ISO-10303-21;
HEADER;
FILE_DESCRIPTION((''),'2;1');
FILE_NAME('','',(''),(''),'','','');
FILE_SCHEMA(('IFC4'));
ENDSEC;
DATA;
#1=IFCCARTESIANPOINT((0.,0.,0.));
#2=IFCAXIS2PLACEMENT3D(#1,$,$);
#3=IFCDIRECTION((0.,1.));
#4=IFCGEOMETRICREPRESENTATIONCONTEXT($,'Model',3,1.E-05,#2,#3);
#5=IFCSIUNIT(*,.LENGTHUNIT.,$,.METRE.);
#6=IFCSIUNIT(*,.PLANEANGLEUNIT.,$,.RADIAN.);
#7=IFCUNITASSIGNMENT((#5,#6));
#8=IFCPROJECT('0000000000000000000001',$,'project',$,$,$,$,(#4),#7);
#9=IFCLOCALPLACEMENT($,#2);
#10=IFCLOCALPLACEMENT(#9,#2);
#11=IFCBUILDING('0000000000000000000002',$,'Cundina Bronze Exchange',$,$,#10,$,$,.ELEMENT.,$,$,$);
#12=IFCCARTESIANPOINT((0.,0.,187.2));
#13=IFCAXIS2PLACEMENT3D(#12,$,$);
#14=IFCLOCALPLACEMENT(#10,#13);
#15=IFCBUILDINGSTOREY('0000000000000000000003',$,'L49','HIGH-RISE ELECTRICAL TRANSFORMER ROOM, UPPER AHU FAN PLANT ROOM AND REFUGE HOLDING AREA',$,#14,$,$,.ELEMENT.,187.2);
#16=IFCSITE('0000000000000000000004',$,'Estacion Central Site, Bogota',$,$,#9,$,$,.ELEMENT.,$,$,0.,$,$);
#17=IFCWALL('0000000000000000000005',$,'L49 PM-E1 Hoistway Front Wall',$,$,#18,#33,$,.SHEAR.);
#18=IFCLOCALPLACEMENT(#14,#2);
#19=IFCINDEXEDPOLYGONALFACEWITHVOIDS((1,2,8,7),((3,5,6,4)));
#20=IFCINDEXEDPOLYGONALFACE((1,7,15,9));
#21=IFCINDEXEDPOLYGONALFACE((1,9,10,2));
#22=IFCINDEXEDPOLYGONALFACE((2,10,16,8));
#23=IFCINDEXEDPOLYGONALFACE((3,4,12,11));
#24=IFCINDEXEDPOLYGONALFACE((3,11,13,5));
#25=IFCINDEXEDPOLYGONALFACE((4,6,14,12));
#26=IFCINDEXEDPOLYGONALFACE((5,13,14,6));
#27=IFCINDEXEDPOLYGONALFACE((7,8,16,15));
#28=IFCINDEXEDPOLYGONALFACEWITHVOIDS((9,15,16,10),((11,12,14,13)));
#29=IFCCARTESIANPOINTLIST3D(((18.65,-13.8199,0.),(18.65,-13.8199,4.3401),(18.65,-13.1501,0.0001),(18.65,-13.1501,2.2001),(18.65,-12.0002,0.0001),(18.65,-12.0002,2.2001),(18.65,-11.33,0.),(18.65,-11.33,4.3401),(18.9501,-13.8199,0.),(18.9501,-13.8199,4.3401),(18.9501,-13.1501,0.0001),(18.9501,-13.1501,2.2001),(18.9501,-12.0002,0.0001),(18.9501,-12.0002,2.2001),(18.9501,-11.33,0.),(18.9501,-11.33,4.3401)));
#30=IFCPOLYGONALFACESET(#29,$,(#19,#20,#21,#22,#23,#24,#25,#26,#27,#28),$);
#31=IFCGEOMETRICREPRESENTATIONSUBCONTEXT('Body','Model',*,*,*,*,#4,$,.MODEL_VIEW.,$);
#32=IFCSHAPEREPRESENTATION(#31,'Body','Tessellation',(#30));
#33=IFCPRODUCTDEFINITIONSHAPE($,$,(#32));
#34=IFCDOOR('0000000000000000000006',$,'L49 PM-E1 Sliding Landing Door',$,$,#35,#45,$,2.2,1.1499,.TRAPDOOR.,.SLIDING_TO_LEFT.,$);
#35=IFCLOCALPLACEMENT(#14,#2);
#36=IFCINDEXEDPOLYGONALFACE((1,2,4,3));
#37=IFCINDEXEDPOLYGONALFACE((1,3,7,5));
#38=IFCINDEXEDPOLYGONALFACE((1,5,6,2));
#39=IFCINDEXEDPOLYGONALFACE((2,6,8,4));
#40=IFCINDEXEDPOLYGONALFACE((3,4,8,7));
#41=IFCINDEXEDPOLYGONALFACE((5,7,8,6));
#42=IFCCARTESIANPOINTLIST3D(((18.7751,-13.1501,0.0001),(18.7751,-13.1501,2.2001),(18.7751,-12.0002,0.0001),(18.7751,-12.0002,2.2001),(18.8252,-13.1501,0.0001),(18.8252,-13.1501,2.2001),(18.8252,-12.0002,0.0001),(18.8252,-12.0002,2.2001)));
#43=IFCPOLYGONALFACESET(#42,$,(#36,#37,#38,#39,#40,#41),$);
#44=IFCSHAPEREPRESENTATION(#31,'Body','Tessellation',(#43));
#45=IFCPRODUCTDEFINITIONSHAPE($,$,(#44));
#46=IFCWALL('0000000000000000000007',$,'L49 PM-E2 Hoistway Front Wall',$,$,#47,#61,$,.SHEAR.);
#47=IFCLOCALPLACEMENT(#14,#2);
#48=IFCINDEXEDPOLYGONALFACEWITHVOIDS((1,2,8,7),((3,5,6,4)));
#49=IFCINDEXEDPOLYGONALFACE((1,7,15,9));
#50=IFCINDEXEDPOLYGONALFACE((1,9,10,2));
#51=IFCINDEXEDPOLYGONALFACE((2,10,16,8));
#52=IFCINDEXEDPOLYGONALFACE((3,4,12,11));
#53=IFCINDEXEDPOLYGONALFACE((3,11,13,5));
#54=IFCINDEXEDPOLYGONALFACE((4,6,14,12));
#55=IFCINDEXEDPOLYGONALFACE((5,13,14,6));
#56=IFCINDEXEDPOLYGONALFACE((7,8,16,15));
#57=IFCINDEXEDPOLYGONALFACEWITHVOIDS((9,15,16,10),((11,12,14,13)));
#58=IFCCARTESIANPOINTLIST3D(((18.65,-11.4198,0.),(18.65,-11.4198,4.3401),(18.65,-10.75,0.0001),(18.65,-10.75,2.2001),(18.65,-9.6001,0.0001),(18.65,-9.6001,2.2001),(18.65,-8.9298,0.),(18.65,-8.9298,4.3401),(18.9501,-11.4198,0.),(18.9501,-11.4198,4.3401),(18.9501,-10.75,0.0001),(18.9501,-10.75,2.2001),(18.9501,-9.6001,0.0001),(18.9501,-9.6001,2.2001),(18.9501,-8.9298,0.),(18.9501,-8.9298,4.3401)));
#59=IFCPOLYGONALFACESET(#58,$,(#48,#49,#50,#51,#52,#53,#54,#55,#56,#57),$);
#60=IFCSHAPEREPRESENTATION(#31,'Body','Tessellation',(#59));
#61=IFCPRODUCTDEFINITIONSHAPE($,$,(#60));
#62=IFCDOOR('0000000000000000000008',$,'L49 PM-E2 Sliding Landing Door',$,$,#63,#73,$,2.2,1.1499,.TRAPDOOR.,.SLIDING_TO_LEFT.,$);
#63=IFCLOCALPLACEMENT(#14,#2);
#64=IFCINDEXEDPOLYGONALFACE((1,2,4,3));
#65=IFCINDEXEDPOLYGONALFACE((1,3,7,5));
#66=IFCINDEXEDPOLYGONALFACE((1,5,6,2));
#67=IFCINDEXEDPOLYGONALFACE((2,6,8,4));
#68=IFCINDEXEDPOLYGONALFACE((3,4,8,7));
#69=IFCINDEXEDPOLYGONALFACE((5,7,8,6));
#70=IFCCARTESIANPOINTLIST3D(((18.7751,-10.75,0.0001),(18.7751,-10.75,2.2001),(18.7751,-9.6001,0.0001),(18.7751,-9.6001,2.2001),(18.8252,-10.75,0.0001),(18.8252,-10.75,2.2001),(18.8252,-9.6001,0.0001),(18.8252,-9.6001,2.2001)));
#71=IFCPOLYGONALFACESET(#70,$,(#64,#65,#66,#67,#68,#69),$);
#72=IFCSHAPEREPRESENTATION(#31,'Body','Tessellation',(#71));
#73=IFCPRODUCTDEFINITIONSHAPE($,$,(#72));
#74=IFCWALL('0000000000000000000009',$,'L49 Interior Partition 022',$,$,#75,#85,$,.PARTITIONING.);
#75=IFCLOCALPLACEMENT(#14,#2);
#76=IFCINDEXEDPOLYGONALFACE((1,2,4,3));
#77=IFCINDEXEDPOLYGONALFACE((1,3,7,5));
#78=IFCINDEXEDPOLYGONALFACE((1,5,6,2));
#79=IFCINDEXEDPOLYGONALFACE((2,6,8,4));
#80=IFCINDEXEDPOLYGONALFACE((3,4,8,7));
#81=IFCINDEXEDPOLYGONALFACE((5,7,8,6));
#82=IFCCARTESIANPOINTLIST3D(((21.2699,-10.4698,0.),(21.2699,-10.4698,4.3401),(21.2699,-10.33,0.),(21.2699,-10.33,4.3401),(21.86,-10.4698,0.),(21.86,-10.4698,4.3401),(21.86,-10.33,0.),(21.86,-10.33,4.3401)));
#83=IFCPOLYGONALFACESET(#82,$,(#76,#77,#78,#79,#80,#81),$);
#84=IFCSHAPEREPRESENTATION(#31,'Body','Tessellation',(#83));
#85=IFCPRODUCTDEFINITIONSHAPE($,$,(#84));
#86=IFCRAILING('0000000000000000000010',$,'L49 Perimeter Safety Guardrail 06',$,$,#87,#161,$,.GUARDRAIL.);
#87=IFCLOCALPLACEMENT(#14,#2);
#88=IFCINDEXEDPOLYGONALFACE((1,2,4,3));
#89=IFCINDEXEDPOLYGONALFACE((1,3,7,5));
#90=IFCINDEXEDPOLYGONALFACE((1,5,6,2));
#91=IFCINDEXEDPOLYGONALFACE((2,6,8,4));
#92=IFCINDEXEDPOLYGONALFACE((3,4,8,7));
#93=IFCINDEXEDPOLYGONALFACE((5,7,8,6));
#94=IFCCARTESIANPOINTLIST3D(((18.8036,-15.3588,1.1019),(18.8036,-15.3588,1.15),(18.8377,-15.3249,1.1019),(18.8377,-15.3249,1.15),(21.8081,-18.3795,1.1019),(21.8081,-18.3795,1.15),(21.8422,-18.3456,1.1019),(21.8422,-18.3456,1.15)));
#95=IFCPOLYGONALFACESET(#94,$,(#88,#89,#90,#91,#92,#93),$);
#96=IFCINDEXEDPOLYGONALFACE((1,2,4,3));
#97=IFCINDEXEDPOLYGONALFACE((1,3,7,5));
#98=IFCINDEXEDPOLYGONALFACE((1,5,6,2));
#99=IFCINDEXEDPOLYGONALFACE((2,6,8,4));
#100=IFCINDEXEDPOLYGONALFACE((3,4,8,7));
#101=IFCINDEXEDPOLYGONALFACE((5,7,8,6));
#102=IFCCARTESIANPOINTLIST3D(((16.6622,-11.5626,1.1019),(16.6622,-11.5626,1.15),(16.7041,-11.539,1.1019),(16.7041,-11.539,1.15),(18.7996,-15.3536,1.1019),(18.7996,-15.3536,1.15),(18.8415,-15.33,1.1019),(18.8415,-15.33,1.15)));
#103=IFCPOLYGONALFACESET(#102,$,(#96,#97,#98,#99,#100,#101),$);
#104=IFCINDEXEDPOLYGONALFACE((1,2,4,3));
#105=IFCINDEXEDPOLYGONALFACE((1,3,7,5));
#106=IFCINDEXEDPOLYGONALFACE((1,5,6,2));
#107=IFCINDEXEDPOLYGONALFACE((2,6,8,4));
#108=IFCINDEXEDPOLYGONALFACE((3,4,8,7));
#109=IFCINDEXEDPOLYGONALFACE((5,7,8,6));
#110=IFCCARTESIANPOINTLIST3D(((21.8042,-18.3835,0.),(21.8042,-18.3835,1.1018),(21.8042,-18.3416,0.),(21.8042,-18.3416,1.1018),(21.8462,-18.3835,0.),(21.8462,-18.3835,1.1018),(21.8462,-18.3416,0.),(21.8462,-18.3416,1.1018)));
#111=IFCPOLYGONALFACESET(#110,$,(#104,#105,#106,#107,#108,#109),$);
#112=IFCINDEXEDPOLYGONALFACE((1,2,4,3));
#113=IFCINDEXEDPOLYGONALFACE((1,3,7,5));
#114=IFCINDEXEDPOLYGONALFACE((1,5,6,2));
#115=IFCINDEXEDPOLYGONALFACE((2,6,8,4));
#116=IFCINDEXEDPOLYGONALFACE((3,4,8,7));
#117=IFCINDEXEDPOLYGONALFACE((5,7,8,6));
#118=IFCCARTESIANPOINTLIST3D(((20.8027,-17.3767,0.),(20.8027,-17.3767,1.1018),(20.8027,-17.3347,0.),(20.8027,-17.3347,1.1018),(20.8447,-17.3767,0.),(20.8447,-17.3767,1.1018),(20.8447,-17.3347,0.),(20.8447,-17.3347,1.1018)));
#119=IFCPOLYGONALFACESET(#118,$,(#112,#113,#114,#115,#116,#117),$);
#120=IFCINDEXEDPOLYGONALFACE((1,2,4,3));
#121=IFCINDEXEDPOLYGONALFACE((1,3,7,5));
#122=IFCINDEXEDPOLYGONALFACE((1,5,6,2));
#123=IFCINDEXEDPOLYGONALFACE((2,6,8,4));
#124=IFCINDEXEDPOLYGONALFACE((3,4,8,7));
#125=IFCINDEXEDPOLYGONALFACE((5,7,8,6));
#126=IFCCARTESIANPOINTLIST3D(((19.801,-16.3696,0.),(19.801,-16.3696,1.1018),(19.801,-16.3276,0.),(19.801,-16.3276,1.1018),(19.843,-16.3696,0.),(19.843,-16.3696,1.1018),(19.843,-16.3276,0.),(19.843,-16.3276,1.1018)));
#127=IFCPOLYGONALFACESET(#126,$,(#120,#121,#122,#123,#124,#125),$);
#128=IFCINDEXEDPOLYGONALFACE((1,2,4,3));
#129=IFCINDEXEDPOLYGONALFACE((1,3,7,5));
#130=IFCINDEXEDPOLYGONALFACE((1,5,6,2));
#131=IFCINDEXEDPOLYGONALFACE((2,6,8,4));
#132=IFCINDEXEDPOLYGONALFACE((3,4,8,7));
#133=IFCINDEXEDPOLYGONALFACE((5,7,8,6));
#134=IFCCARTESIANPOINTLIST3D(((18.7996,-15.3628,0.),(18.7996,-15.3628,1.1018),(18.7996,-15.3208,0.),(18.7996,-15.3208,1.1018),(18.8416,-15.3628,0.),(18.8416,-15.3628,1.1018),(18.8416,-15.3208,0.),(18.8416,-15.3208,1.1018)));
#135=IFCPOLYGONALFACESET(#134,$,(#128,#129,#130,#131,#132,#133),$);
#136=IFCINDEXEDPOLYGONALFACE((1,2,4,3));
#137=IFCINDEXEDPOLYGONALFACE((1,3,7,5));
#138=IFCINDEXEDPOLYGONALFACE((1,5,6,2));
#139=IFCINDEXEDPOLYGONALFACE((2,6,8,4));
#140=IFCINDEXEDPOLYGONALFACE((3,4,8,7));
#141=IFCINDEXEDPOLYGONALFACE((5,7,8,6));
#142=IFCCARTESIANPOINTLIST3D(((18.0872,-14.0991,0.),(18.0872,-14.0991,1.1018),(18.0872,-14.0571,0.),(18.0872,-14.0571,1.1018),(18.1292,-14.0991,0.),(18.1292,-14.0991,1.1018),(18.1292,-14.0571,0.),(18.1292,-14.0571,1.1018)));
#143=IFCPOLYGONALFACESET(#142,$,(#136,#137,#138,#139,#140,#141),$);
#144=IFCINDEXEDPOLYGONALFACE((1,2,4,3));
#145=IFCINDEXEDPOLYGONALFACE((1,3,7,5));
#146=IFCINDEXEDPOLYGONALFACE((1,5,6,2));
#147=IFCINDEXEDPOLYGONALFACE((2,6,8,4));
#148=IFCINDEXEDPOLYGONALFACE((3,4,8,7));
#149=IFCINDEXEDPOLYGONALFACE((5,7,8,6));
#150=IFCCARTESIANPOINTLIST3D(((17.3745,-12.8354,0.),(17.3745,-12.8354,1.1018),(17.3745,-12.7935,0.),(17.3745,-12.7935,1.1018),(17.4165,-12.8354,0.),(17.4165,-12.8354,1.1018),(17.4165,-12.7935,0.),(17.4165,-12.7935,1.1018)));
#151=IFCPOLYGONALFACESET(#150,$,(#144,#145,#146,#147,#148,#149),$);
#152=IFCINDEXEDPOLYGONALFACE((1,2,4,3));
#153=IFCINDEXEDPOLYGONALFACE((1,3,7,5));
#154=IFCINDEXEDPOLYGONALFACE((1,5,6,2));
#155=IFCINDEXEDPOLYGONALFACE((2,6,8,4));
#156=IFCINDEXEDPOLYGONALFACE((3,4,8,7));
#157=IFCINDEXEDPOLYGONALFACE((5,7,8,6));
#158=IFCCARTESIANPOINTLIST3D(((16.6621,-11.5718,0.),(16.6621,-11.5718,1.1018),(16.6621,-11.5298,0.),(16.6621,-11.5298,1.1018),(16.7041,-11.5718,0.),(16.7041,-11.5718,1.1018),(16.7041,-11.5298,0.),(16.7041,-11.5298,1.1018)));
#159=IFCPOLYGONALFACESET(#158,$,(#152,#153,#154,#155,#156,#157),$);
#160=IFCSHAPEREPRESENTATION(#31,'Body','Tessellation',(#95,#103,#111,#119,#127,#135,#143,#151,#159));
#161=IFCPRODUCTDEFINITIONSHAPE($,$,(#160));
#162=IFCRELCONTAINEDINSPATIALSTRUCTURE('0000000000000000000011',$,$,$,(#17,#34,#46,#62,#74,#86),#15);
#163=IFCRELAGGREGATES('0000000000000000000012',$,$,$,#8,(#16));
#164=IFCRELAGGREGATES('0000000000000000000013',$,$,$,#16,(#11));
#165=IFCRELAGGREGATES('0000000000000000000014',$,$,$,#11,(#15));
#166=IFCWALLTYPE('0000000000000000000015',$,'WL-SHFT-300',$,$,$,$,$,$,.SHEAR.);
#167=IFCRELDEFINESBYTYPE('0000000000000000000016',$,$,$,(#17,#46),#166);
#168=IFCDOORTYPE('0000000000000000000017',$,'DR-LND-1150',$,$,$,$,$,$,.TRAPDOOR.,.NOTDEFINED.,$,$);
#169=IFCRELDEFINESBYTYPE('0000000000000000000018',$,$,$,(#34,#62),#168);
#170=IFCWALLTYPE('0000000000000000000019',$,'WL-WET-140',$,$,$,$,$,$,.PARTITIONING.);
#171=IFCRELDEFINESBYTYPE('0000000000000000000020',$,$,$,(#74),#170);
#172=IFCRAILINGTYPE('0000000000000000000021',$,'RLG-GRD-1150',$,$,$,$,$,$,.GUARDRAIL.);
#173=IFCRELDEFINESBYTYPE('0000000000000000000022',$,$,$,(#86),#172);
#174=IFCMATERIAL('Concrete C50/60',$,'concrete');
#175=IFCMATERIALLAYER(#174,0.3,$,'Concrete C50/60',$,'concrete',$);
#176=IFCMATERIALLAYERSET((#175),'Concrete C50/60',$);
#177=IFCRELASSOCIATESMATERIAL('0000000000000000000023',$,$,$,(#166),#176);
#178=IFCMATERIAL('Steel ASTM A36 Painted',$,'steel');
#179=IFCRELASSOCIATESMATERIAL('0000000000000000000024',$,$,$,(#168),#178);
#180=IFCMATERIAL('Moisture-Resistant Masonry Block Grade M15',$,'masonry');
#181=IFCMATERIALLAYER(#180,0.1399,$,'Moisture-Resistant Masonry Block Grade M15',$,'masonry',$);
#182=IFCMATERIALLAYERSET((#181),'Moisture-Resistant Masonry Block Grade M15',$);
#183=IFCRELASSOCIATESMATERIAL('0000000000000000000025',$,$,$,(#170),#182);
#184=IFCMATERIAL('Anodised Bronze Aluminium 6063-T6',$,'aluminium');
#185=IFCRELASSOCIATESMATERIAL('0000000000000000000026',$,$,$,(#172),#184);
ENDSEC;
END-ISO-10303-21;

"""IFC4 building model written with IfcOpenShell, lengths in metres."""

from ifc_helpers import new_model, si_unit, direction, frame, frame_2d, origin, origin_2d, place, context, subcontext, project, spatial, rectangle, extrude, material, layer, layer_set, type_object, element, fill, save


model = new_model("IFC4")

# Units and contexts
model_context = context("Model", 3, precision=1e-05, world=origin(), true_north=direction((0.0, 1.0)))
body_context = subcontext(model_context, "Body", "Model", "MODEL_VIEW")
ifc_project = project(units=[si_unit("LENGTHUNIT", "METRE"), si_unit("PLANEANGLEUNIT", "RADIAN")], contexts=[model_context])

# Site, building, storey
site_placement = place(None, origin())
site = spatial("IfcSite", under=ifc_project, at=site_placement, Name="Estacion Central Site, Bogota", CompositionType="ELEMENT", RefElevation=0.0)
building_placement = place(site_placement, origin())
building = spatial("IfcBuilding", under=site, at=building_placement, Name="Cundina Bronze Exchange", CompositionType="ELEMENT")
storey_placement = place(building_placement, frame((0.0, 0.0, 187.2)))
storey = spatial("IfcBuildingStorey", under=building, at=storey_placement, Name="L49", Description="HIGH-RISE ELECTRICAL TRANSFORMER ROOM, UPPER AHU FAN PLANT ROOM AND REFUGE HOLDING AREA", CompositionType="ELEMENT", Elevation=187.2)

# Shared definitions
ifc_material_1 = material(Name="Concrete C50/60", Category="concrete")

# Shared definitions
ifc_layer_1 = layer(ifc_material_1, 0.3, Name="Concrete C50/60", Category="concrete")
ifc_layer_set_1 = layer_set([ifc_layer_1], Name="Concrete C50/60")
wall_type_1 = type_object("IfcWallType", Name="WL-SHFT-300", PredefinedType="SHEAR", material=ifc_layer_set_1)

# Walls, openings, doors
wall_1_placement = place(storey_placement, frame((18.8, -13.8201, 0.0), z_axis=(0.0, 0.0, 1.0), x_axis=(0.0, 1.0, 0.0)))
wall_1 = element("IfcWall", 1, at=wall_1_placement, inside=storey, type_object=wall_type_1, Name="L49 PM-E1 Hoistway Front Wall", PredefinedType="SHEAR", context=body_context, shape_type="SweptSolid", body=[
    extrude(rectangle(XDim=2.49, YDim=0.3, at=frame_2d((1.2451, 0.0))), origin(), (0.0, 0.0, 1.0), 4.3401),
])
opening_1_placement = place(wall_1_placement, frame((0.6699, 0.0, 0.0)))
opening_1 = element("IfcOpeningElement", 2, at=opening_1_placement, cuts=wall_1, PredefinedType="OPENING", context=body_context, shape_type="SweptSolid", body=[
    extrude(rectangle(XDim=1.1499, YDim=2.2, at=frame_2d((0.575, 1.1001))), frame((0.0, 0.1599, 0.0), z_axis=(0.0, -1.0, 0.0), x_axis=(1.0, 0.0, 0.0)), (0.0, 0.0, 1.0), 0.3201),
])
ifc_material_2 = material(Name="Steel ASTM A36 Painted", Category="steel")
door_type_1 = type_object("IfcDoorType", Name="DR-LND-1150", OperationType="NOTDEFINED", PredefinedType="TRAPDOOR", material=ifc_material_2)
door_1_placement = place(opening_1_placement, origin())
door_1 = element("IfcDoor", 3, at=door_1_placement, inside=storey, type_object=door_type_1, Name="L49 PM-E1 Sliding Landing Door", OperationType="SLIDING_TO_LEFT", OverallHeight=2.2, OverallWidth=1.1499, PredefinedType="TRAPDOOR", context=body_context, shape_type="SweptSolid", body=[
    extrude(rectangle(XDim=1.1499, YDim=2.2, at=frame_2d((0.575, 1.1001))), frame((0.0, 0.0249, 0.0), z_axis=(0.0, -1.0, 0.0), x_axis=(1.0, 0.0, 0.0)), (0.0, 0.0, 1.0), 0.05),
])
fill(opening_1, door_1)
wall_2_placement = place(storey_placement, frame((18.8, -11.4199, 0.0), z_axis=(0.0, 0.0, 1.0), x_axis=(0.0, 1.0, 0.0)))
wall_2 = element("IfcWall", 4, at=wall_2_placement, inside=storey, type_object=wall_type_1, Name="L49 PM-E2 Hoistway Front Wall", PredefinedType="SHEAR", context=body_context, shape_type="SweptSolid", body=[
    extrude(rectangle(XDim=2.49, YDim=0.3, at=frame_2d((1.2451, 0.0))), origin(), (0.0, 0.0, 1.0), 4.3401),
])
opening_2_placement = place(wall_2_placement, frame((0.6699, 0.0, 0.0)))
opening_2 = element("IfcOpeningElement", 5, at=opening_2_placement, cuts=wall_2, PredefinedType="OPENING", context=body_context, shape_type="SweptSolid", body=[
    extrude(rectangle(XDim=1.1499, YDim=2.2, at=frame_2d((0.575, 1.1001))), frame((0.0, 0.1599, 0.0), z_axis=(0.0, -1.0, 0.0), x_axis=(1.0, 0.0, 0.0)), (0.0, 0.0, 1.0), 0.3201),
])
door_2_placement = place(opening_2_placement, origin())
door_2 = element("IfcDoor", 6, at=door_2_placement, inside=storey, type_object=door_type_1, Name="L49 PM-E2 Sliding Landing Door", OperationType="SLIDING_TO_LEFT", OverallHeight=2.2, OverallWidth=1.1499, PredefinedType="TRAPDOOR", context=body_context, shape_type="SweptSolid", body=[
    extrude(rectangle(XDim=1.1499, YDim=2.2, at=frame_2d((0.575, 1.1001))), frame((0.0, 0.0249, 0.0), z_axis=(0.0, -1.0, 0.0), x_axis=(1.0, 0.0, 0.0)), (0.0, 0.0, 1.0), 0.05),
])
fill(opening_2, door_2)

# Wall
ifc_material_3 = material(Name="Moisture-Resistant Masonry Block Grade M15", Category="masonry")
ifc_layer_2 = layer(ifc_material_3, 0.1399, Name="Moisture-Resistant Masonry Block Grade M15", Category="masonry")
ifc_layer_set_2 = layer_set([ifc_layer_2], Name="Moisture-Resistant Masonry Block Grade M15")
wall_type_2 = type_object("IfcWallType", Name="WL-WET-140", PredefinedType="PARTITIONING", material=ifc_layer_set_2)
wall_3_placement = place(storey_placement, frame((21.27, -10.3999, 0.0), z_axis=(0.0, 0.0, 1.0), x_axis=(1.0, 0.0, 0.0)))
element("IfcWall", 7, at=wall_3_placement, inside=storey, type_object=wall_type_2, Name="L49 Interior Partition 022", PredefinedType="PARTITIONING", context=body_context, shape_type="SweptSolid", body=[
    extrude(rectangle(XDim=0.5901, YDim=0.1399, at=frame_2d((0.2949, 0.0))), origin(), (0.0, 0.0, 1.0), 4.3401),
])

# Railing
ifc_material_4 = material(Name="Anodised Bronze Aluminium 6063-T6", Category="aluminium")
railing_type = type_object("IfcRailingType", Name="RLG-GRD-1150", PredefinedType="GUARDRAIL", material=ifc_material_4)
railing_1_placement = place(storey_placement, frame((21.8252, -18.3625, 0.0)))
element("IfcRailing", 8, at=railing_1_placement, inside=storey, type_object=railing_type, Name="L49 Perimeter Safety Guardrail 06", PredefinedType="GUARDRAIL", context=body_context, shape_type="SweptSolid", body=[
    extrude(rectangle(XDim=0.0481, YDim=0.0481, at=origin_2d()), frame((0.0, 0.0, 1.126), z_axis=(-0.705213, 0.708995, 0.0), x_axis=(-0.708995, -0.705213, 0.0)), (0.0, 0.0, 1.0), 4.2605),
    extrude(rectangle(XDim=0.0481, YDim=0.0481, at=origin_2d()), frame((-3.0046, 3.0208, 1.126), z_axis=(-0.491135, 0.871084, 0.0), x_axis=(-0.871084, -0.491135, 0.0)), (0.0, 0.0, 1.0), 4.3521),
    extrude(rectangle(XDim=0.042, YDim=0.042, at=origin_2d()), origin(), (0.0, 0.0, 1.0), 1.1018),
    extrude(rectangle(XDim=0.042, YDim=0.042, at=origin_2d()), frame((-1.0015, 1.0068, 0.0)), (0.0, 0.0, 1.0), 1.1018),
    extrude(rectangle(XDim=0.042, YDim=0.042, at=origin_2d()), frame((-2.0032, 2.0139, 0.0)), (0.0, 0.0, 1.0), 1.1018),
    extrude(rectangle(XDim=0.042, YDim=0.042, at=origin_2d()), frame((-3.0046, 3.0208, 0.0)), (0.0, 0.0, 1.0), 1.1018),
    extrude(rectangle(XDim=0.042, YDim=0.042, at=origin_2d()), frame((-3.717, 4.2844, 0.0)), (0.0, 0.0, 1.0), 1.1018),
    extrude(rectangle(XDim=0.042, YDim=0.042, at=origin_2d()), frame((-4.4297, 5.5481, 0.0)), (0.0, 0.0, 1.0), 1.1018),
    extrude(rectangle(XDim=0.042, YDim=0.042, at=origin_2d()), frame((-5.1421, 6.8118, 0.0)), (0.0, 0.0, 1.0), 1.1018),
])

save(model, "model.ifc")
